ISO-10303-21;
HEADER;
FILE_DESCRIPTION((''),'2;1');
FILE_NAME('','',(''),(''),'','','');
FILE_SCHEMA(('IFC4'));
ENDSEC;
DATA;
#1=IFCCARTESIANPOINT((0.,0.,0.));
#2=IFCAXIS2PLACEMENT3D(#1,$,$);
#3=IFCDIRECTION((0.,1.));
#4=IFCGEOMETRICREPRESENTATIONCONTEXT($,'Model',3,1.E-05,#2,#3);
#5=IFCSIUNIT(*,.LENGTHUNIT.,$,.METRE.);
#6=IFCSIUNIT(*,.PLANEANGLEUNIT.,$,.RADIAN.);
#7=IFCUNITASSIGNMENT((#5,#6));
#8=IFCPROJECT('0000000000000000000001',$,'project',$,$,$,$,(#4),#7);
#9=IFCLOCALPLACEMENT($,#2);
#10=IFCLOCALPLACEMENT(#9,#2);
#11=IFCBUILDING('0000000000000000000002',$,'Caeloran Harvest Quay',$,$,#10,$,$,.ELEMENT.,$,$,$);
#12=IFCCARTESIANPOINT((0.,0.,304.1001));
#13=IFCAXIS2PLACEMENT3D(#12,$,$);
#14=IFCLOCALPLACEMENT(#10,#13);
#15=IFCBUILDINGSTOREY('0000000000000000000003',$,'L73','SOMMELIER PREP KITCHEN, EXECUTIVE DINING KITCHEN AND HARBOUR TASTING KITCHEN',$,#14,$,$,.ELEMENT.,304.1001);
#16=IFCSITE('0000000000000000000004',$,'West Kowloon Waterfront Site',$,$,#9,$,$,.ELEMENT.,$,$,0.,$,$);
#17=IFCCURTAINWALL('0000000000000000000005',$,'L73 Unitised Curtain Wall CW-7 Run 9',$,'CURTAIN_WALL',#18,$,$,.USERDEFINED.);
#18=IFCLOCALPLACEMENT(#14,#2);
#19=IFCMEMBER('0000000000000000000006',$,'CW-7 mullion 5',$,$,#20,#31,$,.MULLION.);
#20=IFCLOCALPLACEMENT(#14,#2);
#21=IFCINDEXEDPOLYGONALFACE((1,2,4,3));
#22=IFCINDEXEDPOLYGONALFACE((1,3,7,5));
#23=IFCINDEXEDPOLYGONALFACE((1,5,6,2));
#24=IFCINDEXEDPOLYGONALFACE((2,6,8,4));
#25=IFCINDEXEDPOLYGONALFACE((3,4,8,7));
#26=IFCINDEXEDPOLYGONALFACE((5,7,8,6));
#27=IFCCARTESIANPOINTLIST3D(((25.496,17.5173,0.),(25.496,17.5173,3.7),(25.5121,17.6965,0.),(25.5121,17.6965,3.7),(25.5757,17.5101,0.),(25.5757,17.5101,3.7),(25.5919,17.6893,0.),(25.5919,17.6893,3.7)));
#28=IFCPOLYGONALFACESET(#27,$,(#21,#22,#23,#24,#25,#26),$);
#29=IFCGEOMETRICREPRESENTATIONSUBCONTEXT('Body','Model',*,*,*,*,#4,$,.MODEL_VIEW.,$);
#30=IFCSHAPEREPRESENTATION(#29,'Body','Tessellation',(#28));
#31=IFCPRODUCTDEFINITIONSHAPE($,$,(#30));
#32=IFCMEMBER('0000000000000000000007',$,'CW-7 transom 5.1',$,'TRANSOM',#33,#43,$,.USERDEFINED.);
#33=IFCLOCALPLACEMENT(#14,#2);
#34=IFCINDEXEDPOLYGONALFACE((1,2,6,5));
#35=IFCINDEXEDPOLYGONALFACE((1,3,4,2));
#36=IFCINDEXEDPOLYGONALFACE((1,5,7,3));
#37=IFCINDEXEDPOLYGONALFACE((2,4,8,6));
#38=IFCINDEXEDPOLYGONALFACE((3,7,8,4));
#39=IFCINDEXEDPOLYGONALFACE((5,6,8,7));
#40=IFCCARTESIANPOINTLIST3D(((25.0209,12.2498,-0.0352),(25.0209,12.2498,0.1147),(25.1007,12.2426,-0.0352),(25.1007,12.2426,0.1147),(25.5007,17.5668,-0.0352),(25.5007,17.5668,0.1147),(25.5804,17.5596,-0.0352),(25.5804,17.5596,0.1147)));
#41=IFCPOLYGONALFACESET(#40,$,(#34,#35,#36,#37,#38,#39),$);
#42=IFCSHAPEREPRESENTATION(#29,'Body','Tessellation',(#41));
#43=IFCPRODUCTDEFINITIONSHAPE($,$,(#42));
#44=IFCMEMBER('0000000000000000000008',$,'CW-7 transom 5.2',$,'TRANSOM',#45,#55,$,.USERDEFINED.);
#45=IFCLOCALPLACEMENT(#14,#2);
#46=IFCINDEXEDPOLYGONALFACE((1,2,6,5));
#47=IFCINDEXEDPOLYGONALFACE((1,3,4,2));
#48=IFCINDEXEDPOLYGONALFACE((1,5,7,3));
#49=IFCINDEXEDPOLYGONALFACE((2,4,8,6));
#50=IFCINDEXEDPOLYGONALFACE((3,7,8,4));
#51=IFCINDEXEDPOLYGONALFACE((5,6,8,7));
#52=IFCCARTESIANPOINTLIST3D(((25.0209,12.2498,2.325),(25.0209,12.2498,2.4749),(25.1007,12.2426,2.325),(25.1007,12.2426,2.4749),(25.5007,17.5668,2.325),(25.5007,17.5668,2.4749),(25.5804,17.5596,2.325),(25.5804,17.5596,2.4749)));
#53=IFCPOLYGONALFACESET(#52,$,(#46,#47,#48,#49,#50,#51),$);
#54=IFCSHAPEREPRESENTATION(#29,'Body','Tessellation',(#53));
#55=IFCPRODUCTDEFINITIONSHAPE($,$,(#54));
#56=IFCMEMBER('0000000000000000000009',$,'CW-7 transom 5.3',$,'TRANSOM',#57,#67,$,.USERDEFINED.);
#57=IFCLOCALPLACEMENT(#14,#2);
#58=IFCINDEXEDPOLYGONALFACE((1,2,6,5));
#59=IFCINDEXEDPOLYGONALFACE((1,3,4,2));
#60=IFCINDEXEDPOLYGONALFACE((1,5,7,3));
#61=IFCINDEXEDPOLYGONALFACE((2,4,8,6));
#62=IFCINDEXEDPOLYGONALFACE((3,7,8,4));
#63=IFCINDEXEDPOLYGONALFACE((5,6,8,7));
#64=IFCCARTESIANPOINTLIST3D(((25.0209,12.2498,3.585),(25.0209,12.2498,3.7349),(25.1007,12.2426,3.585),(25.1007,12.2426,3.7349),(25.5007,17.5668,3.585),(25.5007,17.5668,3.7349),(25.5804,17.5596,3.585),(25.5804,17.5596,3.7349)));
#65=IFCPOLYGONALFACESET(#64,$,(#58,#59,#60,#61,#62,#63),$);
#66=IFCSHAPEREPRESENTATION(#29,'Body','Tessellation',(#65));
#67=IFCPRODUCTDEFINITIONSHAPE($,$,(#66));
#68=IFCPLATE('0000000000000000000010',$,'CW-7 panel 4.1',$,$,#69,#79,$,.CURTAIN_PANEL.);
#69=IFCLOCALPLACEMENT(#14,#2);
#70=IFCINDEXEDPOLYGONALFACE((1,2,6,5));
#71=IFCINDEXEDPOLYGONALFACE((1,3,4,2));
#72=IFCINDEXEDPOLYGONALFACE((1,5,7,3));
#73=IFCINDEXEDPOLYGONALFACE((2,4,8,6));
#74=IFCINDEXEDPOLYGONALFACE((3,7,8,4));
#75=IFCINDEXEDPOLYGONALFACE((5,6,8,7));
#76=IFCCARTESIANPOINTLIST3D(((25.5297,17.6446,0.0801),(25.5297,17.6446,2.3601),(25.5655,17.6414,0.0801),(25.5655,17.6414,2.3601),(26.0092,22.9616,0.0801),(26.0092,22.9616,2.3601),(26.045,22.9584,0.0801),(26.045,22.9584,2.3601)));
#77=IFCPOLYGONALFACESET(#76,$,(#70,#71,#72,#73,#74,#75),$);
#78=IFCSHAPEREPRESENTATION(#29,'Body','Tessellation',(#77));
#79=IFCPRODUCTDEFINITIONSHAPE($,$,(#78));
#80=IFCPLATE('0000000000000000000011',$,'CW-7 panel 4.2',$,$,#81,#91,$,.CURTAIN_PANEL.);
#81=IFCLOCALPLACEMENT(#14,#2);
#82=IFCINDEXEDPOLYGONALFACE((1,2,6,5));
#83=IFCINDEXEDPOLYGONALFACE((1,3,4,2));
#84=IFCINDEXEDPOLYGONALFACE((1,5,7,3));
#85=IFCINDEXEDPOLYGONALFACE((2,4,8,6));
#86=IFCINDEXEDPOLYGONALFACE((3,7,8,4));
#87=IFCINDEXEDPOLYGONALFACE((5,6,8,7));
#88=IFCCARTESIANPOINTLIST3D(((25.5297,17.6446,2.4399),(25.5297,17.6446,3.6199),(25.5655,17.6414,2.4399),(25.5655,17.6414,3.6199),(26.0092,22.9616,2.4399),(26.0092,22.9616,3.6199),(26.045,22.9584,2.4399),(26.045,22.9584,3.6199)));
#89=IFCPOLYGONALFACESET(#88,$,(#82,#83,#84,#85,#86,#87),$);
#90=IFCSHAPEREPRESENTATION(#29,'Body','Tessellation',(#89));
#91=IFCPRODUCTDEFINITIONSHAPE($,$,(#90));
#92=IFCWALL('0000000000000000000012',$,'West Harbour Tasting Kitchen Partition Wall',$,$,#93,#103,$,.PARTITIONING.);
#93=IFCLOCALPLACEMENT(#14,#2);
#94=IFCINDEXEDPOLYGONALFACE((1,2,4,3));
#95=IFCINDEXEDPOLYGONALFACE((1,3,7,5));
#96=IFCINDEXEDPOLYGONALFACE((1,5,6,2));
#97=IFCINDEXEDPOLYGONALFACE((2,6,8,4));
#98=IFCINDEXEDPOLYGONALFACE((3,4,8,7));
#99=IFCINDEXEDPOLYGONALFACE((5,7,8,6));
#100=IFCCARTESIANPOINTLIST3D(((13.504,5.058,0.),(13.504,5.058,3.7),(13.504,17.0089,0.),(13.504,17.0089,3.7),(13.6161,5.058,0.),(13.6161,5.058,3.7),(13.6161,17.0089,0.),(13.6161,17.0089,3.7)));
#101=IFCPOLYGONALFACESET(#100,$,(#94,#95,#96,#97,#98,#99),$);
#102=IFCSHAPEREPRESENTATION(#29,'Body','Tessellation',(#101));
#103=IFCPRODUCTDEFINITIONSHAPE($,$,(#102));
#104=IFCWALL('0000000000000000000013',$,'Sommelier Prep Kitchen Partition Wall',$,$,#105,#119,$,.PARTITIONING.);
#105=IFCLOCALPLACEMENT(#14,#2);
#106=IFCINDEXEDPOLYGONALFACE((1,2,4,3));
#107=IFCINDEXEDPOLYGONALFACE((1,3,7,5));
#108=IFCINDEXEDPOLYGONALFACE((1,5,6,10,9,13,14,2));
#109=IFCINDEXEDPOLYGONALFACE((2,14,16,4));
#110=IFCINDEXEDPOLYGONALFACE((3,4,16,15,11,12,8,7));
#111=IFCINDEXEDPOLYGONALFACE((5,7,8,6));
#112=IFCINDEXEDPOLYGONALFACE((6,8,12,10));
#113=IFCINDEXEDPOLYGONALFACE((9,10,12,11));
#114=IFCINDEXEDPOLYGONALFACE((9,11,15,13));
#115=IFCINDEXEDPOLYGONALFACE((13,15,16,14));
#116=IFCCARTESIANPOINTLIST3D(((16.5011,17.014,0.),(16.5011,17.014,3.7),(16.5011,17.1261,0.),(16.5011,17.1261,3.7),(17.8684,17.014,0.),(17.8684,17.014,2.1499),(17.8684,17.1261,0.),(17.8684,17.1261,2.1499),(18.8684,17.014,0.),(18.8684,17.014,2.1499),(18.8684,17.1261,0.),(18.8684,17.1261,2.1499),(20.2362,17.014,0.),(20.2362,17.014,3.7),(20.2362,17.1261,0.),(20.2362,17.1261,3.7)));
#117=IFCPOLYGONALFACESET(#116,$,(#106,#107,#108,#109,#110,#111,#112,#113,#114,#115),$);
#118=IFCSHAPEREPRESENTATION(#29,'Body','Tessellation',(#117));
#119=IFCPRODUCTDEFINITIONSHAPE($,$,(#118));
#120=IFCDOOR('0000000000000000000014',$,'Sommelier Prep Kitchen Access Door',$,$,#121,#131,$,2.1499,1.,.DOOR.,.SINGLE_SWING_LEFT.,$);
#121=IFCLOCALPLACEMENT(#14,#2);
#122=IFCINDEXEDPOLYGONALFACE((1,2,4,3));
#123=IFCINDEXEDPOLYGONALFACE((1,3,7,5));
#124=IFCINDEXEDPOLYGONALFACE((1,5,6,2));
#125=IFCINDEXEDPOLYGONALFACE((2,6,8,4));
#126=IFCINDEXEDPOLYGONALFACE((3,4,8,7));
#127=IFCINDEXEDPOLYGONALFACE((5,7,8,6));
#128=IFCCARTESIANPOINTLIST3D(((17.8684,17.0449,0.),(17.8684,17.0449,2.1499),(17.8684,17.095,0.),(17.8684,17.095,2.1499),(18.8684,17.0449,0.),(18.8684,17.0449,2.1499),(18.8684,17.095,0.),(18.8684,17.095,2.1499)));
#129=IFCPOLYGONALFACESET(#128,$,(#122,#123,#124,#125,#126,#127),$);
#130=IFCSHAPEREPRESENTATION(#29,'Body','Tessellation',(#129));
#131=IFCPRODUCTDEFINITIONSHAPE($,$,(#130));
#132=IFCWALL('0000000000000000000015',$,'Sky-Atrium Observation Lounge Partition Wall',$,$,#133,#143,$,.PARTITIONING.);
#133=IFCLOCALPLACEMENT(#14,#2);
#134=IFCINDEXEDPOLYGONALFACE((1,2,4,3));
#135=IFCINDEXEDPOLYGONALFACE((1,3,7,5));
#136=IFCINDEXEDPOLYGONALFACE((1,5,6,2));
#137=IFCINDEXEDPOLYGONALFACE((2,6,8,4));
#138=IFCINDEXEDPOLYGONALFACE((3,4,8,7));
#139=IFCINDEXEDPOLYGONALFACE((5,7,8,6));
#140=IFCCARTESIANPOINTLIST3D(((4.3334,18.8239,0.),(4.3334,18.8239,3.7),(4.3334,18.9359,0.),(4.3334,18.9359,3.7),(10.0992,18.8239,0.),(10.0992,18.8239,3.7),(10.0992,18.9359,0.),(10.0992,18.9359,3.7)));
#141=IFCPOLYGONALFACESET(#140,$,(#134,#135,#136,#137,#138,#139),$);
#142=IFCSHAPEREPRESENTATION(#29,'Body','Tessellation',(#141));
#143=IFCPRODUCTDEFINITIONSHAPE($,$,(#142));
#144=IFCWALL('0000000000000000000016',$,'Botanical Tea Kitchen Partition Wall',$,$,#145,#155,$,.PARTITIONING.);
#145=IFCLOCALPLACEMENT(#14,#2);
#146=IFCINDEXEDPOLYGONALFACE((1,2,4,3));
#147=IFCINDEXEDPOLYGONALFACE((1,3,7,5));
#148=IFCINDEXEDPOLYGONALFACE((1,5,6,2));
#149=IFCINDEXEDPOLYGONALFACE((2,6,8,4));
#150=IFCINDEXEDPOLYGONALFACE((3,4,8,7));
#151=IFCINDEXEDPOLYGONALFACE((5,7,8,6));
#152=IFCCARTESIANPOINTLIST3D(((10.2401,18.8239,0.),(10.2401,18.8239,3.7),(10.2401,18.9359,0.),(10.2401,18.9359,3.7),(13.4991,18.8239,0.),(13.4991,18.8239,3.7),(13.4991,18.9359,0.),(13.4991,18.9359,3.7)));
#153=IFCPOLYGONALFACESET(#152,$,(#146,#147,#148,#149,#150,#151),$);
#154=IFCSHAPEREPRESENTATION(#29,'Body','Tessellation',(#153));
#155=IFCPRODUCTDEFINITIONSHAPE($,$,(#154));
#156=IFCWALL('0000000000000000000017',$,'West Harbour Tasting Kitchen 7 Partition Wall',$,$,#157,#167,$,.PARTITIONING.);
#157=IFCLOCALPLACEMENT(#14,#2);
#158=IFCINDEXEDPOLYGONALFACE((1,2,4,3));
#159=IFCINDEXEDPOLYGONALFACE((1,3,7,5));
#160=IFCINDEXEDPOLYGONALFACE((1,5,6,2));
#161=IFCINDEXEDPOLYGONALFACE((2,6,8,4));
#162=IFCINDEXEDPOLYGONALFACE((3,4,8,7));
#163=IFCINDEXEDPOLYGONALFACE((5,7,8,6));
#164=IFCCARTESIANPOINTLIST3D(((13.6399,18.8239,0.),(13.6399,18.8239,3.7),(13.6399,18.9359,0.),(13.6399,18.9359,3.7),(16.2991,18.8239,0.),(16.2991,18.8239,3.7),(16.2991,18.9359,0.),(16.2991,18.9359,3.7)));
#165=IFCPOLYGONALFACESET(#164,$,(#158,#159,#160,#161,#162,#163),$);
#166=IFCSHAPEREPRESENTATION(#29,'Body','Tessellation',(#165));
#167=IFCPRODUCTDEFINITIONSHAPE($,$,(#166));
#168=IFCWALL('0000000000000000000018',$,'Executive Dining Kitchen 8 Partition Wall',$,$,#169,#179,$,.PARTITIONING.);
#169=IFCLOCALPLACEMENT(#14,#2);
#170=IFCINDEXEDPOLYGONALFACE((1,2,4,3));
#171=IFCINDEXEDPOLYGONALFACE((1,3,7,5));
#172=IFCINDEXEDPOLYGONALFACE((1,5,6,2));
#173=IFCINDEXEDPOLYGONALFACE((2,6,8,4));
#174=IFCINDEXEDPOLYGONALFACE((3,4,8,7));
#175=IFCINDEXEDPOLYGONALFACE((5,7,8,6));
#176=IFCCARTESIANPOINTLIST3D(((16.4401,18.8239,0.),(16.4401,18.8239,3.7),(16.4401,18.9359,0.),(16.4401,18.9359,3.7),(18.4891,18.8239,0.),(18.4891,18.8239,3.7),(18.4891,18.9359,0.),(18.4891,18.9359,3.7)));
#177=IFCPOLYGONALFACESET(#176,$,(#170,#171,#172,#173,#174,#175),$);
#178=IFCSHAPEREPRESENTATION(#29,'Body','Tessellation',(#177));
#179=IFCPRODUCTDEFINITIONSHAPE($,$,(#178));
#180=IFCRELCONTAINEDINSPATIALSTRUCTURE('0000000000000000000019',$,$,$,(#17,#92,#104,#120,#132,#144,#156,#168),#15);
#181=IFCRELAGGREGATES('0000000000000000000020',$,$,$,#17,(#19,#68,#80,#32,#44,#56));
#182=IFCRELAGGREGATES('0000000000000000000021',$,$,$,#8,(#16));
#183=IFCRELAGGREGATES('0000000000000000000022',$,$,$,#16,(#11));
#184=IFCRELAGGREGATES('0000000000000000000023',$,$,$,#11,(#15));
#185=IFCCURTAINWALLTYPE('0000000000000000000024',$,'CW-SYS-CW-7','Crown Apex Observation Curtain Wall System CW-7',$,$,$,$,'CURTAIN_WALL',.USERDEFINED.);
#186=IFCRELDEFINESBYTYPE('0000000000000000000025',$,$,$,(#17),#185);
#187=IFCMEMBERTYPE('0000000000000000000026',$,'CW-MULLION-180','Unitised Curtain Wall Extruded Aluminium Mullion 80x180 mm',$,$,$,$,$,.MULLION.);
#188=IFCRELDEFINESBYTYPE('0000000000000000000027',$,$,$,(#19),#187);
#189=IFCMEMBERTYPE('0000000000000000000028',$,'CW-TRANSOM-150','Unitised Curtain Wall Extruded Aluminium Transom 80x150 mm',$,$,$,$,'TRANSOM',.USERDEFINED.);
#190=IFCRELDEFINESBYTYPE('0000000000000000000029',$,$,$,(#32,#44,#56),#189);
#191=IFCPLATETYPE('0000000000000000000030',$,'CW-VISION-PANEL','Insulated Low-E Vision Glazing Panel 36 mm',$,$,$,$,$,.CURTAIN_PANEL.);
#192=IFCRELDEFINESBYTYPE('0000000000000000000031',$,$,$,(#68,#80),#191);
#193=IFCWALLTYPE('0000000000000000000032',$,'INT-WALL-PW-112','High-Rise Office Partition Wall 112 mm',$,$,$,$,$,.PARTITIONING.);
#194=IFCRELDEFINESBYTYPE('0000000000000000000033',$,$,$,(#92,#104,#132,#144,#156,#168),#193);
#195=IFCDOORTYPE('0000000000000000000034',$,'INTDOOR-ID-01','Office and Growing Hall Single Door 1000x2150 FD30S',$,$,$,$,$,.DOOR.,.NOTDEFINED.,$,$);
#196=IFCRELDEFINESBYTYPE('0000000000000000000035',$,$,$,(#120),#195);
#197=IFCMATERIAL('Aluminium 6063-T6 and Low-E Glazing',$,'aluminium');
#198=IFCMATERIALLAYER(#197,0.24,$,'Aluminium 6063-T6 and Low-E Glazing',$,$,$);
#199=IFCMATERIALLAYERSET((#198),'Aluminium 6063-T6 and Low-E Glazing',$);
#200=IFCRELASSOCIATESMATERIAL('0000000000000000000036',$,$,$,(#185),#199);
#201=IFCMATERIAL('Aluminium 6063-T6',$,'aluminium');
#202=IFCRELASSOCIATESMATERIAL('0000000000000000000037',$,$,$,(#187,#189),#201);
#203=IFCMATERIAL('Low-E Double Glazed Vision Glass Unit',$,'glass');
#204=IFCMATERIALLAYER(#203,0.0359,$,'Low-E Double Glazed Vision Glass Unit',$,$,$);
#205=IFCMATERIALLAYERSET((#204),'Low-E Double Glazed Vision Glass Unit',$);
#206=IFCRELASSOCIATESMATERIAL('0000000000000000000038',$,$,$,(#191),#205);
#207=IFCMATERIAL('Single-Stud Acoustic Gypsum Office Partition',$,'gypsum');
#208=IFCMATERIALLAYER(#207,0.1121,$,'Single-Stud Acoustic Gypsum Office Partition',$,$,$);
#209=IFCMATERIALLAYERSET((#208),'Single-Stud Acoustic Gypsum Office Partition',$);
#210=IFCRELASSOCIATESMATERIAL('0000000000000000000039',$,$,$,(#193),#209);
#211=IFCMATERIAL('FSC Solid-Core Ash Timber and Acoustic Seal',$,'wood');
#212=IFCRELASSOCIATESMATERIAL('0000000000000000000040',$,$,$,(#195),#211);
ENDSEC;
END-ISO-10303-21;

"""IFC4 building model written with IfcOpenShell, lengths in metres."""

from ifc_helpers import new_model, si_unit, direction, frame, frame_2d, origin, origin_2d, place, context, subcontext, project, spatial, rectangle, extrude, material, layer, layer_set, material_profile, profile_set, type_object, element, fill, aggregate, save


model = new_model("IFC4")

# Units and contexts
model_context = context("Model", 3, precision=1e-05, world=origin(), true_north=direction((0.0, 1.0)))
body_context = subcontext(model_context, "Body", "Model", "MODEL_VIEW")
ifc_project = project(units=[si_unit("LENGTHUNIT", "METRE"), si_unit("PLANEANGLEUNIT", "RADIAN")], contexts=[model_context])

# Site, building, storey
site_placement = place(None, origin())
site = spatial("IfcSite", under=ifc_project, at=site_placement, Name="West Kowloon Waterfront Site", CompositionType="ELEMENT", RefElevation=0.0)
building_placement = place(site_placement, origin())
building = spatial("IfcBuilding", under=site, at=building_placement, Name="Caeloran Harvest Quay", CompositionType="ELEMENT")
storey_placement = place(building_placement, frame((0.0, 0.0, 304.1001)))
storey = spatial("IfcBuildingStorey", under=building, at=storey_placement, Name="L73", Description="SOMMELIER PREP KITCHEN, EXECUTIVE DINING KITCHEN AND HARBOUR TASTING KITCHEN", CompositionType="ELEMENT", Elevation=304.1001)

# Curtain wall, members, plates
ifc_material_1 = material(Name="Aluminium 6063-T6 and Low-E Glazing", Category="aluminium")
ifc_layer_1 = layer(ifc_material_1, 0.24, Name="Aluminium 6063-T6 and Low-E Glazing")
ifc_layer_set_1 = layer_set([ifc_layer_1], Name="Aluminium 6063-T6 and Low-E Glazing")
curtain_wall_type = type_object("IfcCurtainWallType", Name="CW-SYS-CW-7", Description="Crown Apex Observation Curtain Wall System CW-7", ElementType="CURTAIN_WALL", PredefinedType="USERDEFINED", material=ifc_layer_set_1)
curtain_wall_placement = place(storey_placement, origin())
curtain_wall = element("IfcCurtainWall", 1, at=curtain_wall_placement, inside=storey, type_object=curtain_wall_type, Name="L73 Unitised Curtain Wall CW-7 Run 9", ObjectType="CURTAIN_WALL", PredefinedType="USERDEFINED")
ifc_material_2 = material(Name="Aluminium 6063-T6", Category="aluminium")
ifc_material_profile_1 = material_profile(ifc_material_2, rectangle(XDim=0.0801, YDim=0.1799, at=origin_2d()), Name="CW-MULLION-180")
ifc_profile_set_1 = profile_set([ifc_material_profile_1], Name="Aluminium 6063-T6")
member_type_1 = type_object("IfcMemberType", Name="CW-MULLION-180", Description="Unitised Curtain Wall Extruded Aluminium Mullion 80x180 mm", PredefinedType="MULLION", material=ifc_profile_set_1)
member_1_placement = place(storey_placement, frame((25.5439, 17.6033, 0.0), z_axis=(0.0, 0.0, 1.0), x_axis=(0.995958, -0.089821, 0.0)))
member_1 = element("IfcMember", 2, at=member_1_placement, type_object=member_type_1, Name="CW-7 mullion 5", PredefinedType="MULLION", context=body_context, shape_type="SweptSolid", body=[
    extrude(rectangle(XDim=0.0801, YDim=0.1799, at=origin_2d()), origin(), (0.0, 0.0, 1.0), 3.7),
])
ifc_material_profile_2 = material_profile(ifc_material_2, rectangle(XDim=0.0801, YDim=0.1499, at=origin_2d()), Name="CW-TRANSOM-150")
ifc_profile_set_2 = profile_set([ifc_material_profile_2], Name="Aluminium 6063-T6")
member_type_2 = type_object("IfcMemberType", Name="CW-TRANSOM-150", Description="Unitised Curtain Wall Extruded Aluminium Transom 80x150 mm", ElementType="TRANSOM", PredefinedType="USERDEFINED", material=ifc_profile_set_2)
member_2_placement = place(storey_placement, frame((25.5405, 17.5632, 0.0398), z_axis=(-0.08986, -0.995954, 0.0), x_axis=(0.995954, -0.08986, 0.0)))
member_2 = element("IfcMember", 3, at=member_2_placement, type_object=member_type_2, Name="CW-7 transom 5.1", ObjectType="TRANSOM", PredefinedType="USERDEFINED", context=body_context, shape_type="SweptSolid", body=[
    extrude(rectangle(XDim=0.0801, YDim=0.1499, at=origin_2d()), origin(), (0.0, 0.0, 1.0), 5.3386),
])
member_3_placement = place(storey_placement, frame((25.5405, 17.5632, 2.3999), z_axis=(-0.08986, -0.995954, 0.0), x_axis=(0.995954, -0.08986, 0.0)))
member_3 = element("IfcMember", 4, at=member_3_placement, type_object=member_type_2, Name="CW-7 transom 5.2", ObjectType="TRANSOM", PredefinedType="USERDEFINED", context=body_context, shape_type="SweptSolid", body=[
    extrude(rectangle(XDim=0.0801, YDim=0.1499, at=origin_2d()), origin(), (0.0, 0.0, 1.0), 5.3386),
])
member_4_placement = place(storey_placement, frame((25.5405, 17.5632, 3.6599), z_axis=(-0.08986, -0.995954, 0.0), x_axis=(0.995954, -0.08986, 0.0)))
member_4 = element("IfcMember", 5, at=member_4_placement, type_object=member_type_2, Name="CW-7 transom 5.3", ObjectType="TRANSOM", PredefinedType="USERDEFINED", context=body_context, shape_type="SweptSolid", body=[
    extrude(rectangle(XDim=0.0801, YDim=0.1499, at=origin_2d()), origin(), (0.0, 0.0, 1.0), 5.3386),
])
ifc_material_3 = material(Name="Low-E Double Glazed Vision Glass Unit", Category="glass")
ifc_layer_2 = layer(ifc_material_3, 0.0359, Name="Low-E Double Glazed Vision Glass Unit")
ifc_layer_set_2 = layer_set([ifc_layer_2], Name="Low-E Double Glazed Vision Glass Unit")
plate_type = type_object("IfcPlateType", Name="CW-VISION-PANEL", Description="Insulated Low-E Vision Glazing Panel 36 mm", PredefinedType="CURTAIN_PANEL", material=ifc_layer_set_2)
plate_1_placement = place(storey_placement, frame((25.7874, 20.3015, 0.0801), z_axis=(0.0, 0.0, 1.0), x_axis=(-0.089821, -0.995958, 0.0)))
plate_1 = element("IfcPlate", 6, at=plate_1_placement, type_object=plate_type, Name="CW-7 panel 4.1", PredefinedType="CURTAIN_PANEL", context=body_context, shape_type="SweptSolid", body=[
    extrude(rectangle(XDim=5.3386, YDim=0.0359, at=origin_2d()), origin(), (0.0, 0.0, 1.0), 2.28),
])
plate_2_placement = place(storey_placement, frame((25.7874, 20.3015, 2.4399), z_axis=(0.0, 0.0, 1.0), x_axis=(-0.089821, -0.995958, 0.0)))
plate_2 = element("IfcPlate", 7, at=plate_2_placement, type_object=plate_type, Name="CW-7 panel 4.2", PredefinedType="CURTAIN_PANEL", context=body_context, shape_type="SweptSolid", body=[
    extrude(rectangle(XDim=5.3386, YDim=0.0359, at=origin_2d()), origin(), (0.0, 0.0, 1.0), 1.1799),
])
aggregate(curtain_wall, [member_1, plate_1, plate_2, member_2, member_3, member_4])

# Shared definitions
ifc_material_4 = material(Name="Single-Stud Acoustic Gypsum Office Partition", Category="gypsum")
ifc_layer_3 = layer(ifc_material_4, 0.1121, Name="Single-Stud Acoustic Gypsum Office Partition")
ifc_layer_set_3 = layer_set([ifc_layer_3], Name="Single-Stud Acoustic Gypsum Office Partition")
wall_type_1 = type_object("IfcWallType", Name="INT-WALL-PW-112", Description="High-Rise Office Partition Wall 112 mm", PredefinedType="PARTITIONING", material=ifc_layer_set_3)
ifc_material_5 = material(Name="FSC Solid-Core Ash Timber and Acoustic Seal", Category="wood")
door_type_1 = type_object("IfcDoorType", Name="INTDOOR-ID-01", Description="Office and Growing Hall Single Door 1000x2150 FD30S", OperationType="NOTDEFINED", PredefinedType="DOOR", material=ifc_material_5)

# Wall
wall_1_placement = place(storey_placement, frame((13.5601, 17.009, 0.0), z_axis=(0.0, 0.0, 1.0), x_axis=(0.0, -1.0, 0.0)))
element("IfcWall", 8, at=wall_1_placement, inside=storey, type_object=wall_type_1, Name="West Harbour Tasting Kitchen Partition Wall", PredefinedType="PARTITIONING", context=body_context, shape_type="SweptSolid", body=[
    extrude(rectangle(XDim=11.9509, YDim=0.1121, at=frame_2d((5.9756, 0.0))), origin(), (0.0, 0.0, 1.0), 3.7),
])

# Wall, opening, door
wall_2_placement = place(storey_placement, frame((16.501, 17.0701, 0.0), z_axis=(0.0, 0.0, 1.0), x_axis=(1.0, 0.0, 0.0)))
wall_2 = element("IfcWall", 9, at=wall_2_placement, inside=storey, type_object=wall_type_1, Name="Sommelier Prep Kitchen Partition Wall", PredefinedType="PARTITIONING", context=body_context, shape_type="SweptSolid", body=[
    extrude(rectangle(XDim=3.7351, YDim=0.1121, at=frame_2d((1.8677, 0.0))), origin(), (0.0, 0.0, 1.0), 3.7),
])
opening_1_placement = place(wall_2_placement, frame((1.3674, 0.0, 0.0)))
opening_1 = element("IfcOpeningElement", 10, at=opening_1_placement, cuts=wall_2, PredefinedType="OPENING", context=body_context, shape_type="SweptSolid", body=[
    extrude(rectangle(XDim=1.0, YDim=2.1499, at=frame_2d((0.5, 1.075))), frame((0.0, 0.0659, 0.0), z_axis=(0.0, -1.0, 0.0), x_axis=(1.0, 0.0, 0.0)), (0.0, 0.0, 1.0), 0.1321),
])
door_1_placement = place(opening_1_placement, origin())
door_1 = element("IfcDoor", 11, at=door_1_placement, inside=storey, type_object=door_type_1, Name="Sommelier Prep Kitchen Access Door", OperationType="SINGLE_SWING_LEFT", OverallHeight=2.1499, OverallWidth=1.0, PredefinedType="DOOR", context=body_context, shape_type="SweptSolid", body=[
    extrude(rectangle(XDim=1.0, YDim=2.1499, at=frame_2d((0.5, 1.075))), frame((0.0, 0.0249, 0.0), z_axis=(0.0, -1.0, 0.0), x_axis=(1.0, 0.0, 0.0)), (0.0, 0.0, 1.0), 0.05),
])
fill(opening_1, door_1)

# Walls
wall_3_placement = place(storey_placement, frame((10.0991, 18.8799, 0.0), z_axis=(0.0, 0.0, 1.0), x_axis=(-1.0, 0.0, 0.0)))
element("IfcWall", 12, at=wall_3_placement, inside=storey, type_object=wall_type_1, Name="Sky-Atrium Observation Lounge Partition Wall", PredefinedType="PARTITIONING", context=body_context, shape_type="SweptSolid", body=[
    extrude(rectangle(XDim=5.7659, YDim=0.1121, at=frame_2d((2.8828, 0.0))), origin(), (0.0, 0.0, 1.0), 3.7),
])
wall_4_placement = place(storey_placement, frame((13.499, 18.8799, 0.0), z_axis=(0.0, 0.0, 1.0), x_axis=(-1.0, 0.0, 0.0)))
element("IfcWall", 13, at=wall_4_placement, inside=storey, type_object=wall_type_1, Name="Botanical Tea Kitchen Partition Wall", PredefinedType="PARTITIONING", context=body_context, shape_type="SweptSolid", body=[
    extrude(rectangle(XDim=3.259, YDim=0.1121, at=frame_2d((1.6294, 0.0))), origin(), (0.0, 0.0, 1.0), 3.7),
])
wall_5_placement = place(storey_placement, frame((16.2991, 18.8799, 0.0), z_axis=(0.0, 0.0, 1.0), x_axis=(-1.0, 0.0, 0.0)))
element("IfcWall", 14, at=wall_5_placement, inside=storey, type_object=wall_type_1, Name="West Harbour Tasting Kitchen 7 Partition Wall", PredefinedType="PARTITIONING", context=body_context, shape_type="SweptSolid", body=[
    extrude(rectangle(XDim=2.6592, YDim=0.1121, at=frame_2d((1.3296, 0.0))), origin(), (0.0, 0.0, 1.0), 3.7),
])
wall_6_placement = place(storey_placement, frame((18.489, 18.8799, 0.0), z_axis=(0.0, 0.0, 1.0), x_axis=(-1.0, 0.0, 0.0)))
element("IfcWall", 15, at=wall_6_placement, inside=storey, type_object=wall_type_1, Name="Executive Dining Kitchen 8 Partition Wall", PredefinedType="PARTITIONING", context=body_context, shape_type="SweptSolid", body=[
    extrude(rectangle(XDim=2.0491, YDim=0.1121, at=frame_2d((1.0244, 0.0))), origin(), (0.0, 0.0, 1.0), 3.7),
])

save(model, "model.ifc")
